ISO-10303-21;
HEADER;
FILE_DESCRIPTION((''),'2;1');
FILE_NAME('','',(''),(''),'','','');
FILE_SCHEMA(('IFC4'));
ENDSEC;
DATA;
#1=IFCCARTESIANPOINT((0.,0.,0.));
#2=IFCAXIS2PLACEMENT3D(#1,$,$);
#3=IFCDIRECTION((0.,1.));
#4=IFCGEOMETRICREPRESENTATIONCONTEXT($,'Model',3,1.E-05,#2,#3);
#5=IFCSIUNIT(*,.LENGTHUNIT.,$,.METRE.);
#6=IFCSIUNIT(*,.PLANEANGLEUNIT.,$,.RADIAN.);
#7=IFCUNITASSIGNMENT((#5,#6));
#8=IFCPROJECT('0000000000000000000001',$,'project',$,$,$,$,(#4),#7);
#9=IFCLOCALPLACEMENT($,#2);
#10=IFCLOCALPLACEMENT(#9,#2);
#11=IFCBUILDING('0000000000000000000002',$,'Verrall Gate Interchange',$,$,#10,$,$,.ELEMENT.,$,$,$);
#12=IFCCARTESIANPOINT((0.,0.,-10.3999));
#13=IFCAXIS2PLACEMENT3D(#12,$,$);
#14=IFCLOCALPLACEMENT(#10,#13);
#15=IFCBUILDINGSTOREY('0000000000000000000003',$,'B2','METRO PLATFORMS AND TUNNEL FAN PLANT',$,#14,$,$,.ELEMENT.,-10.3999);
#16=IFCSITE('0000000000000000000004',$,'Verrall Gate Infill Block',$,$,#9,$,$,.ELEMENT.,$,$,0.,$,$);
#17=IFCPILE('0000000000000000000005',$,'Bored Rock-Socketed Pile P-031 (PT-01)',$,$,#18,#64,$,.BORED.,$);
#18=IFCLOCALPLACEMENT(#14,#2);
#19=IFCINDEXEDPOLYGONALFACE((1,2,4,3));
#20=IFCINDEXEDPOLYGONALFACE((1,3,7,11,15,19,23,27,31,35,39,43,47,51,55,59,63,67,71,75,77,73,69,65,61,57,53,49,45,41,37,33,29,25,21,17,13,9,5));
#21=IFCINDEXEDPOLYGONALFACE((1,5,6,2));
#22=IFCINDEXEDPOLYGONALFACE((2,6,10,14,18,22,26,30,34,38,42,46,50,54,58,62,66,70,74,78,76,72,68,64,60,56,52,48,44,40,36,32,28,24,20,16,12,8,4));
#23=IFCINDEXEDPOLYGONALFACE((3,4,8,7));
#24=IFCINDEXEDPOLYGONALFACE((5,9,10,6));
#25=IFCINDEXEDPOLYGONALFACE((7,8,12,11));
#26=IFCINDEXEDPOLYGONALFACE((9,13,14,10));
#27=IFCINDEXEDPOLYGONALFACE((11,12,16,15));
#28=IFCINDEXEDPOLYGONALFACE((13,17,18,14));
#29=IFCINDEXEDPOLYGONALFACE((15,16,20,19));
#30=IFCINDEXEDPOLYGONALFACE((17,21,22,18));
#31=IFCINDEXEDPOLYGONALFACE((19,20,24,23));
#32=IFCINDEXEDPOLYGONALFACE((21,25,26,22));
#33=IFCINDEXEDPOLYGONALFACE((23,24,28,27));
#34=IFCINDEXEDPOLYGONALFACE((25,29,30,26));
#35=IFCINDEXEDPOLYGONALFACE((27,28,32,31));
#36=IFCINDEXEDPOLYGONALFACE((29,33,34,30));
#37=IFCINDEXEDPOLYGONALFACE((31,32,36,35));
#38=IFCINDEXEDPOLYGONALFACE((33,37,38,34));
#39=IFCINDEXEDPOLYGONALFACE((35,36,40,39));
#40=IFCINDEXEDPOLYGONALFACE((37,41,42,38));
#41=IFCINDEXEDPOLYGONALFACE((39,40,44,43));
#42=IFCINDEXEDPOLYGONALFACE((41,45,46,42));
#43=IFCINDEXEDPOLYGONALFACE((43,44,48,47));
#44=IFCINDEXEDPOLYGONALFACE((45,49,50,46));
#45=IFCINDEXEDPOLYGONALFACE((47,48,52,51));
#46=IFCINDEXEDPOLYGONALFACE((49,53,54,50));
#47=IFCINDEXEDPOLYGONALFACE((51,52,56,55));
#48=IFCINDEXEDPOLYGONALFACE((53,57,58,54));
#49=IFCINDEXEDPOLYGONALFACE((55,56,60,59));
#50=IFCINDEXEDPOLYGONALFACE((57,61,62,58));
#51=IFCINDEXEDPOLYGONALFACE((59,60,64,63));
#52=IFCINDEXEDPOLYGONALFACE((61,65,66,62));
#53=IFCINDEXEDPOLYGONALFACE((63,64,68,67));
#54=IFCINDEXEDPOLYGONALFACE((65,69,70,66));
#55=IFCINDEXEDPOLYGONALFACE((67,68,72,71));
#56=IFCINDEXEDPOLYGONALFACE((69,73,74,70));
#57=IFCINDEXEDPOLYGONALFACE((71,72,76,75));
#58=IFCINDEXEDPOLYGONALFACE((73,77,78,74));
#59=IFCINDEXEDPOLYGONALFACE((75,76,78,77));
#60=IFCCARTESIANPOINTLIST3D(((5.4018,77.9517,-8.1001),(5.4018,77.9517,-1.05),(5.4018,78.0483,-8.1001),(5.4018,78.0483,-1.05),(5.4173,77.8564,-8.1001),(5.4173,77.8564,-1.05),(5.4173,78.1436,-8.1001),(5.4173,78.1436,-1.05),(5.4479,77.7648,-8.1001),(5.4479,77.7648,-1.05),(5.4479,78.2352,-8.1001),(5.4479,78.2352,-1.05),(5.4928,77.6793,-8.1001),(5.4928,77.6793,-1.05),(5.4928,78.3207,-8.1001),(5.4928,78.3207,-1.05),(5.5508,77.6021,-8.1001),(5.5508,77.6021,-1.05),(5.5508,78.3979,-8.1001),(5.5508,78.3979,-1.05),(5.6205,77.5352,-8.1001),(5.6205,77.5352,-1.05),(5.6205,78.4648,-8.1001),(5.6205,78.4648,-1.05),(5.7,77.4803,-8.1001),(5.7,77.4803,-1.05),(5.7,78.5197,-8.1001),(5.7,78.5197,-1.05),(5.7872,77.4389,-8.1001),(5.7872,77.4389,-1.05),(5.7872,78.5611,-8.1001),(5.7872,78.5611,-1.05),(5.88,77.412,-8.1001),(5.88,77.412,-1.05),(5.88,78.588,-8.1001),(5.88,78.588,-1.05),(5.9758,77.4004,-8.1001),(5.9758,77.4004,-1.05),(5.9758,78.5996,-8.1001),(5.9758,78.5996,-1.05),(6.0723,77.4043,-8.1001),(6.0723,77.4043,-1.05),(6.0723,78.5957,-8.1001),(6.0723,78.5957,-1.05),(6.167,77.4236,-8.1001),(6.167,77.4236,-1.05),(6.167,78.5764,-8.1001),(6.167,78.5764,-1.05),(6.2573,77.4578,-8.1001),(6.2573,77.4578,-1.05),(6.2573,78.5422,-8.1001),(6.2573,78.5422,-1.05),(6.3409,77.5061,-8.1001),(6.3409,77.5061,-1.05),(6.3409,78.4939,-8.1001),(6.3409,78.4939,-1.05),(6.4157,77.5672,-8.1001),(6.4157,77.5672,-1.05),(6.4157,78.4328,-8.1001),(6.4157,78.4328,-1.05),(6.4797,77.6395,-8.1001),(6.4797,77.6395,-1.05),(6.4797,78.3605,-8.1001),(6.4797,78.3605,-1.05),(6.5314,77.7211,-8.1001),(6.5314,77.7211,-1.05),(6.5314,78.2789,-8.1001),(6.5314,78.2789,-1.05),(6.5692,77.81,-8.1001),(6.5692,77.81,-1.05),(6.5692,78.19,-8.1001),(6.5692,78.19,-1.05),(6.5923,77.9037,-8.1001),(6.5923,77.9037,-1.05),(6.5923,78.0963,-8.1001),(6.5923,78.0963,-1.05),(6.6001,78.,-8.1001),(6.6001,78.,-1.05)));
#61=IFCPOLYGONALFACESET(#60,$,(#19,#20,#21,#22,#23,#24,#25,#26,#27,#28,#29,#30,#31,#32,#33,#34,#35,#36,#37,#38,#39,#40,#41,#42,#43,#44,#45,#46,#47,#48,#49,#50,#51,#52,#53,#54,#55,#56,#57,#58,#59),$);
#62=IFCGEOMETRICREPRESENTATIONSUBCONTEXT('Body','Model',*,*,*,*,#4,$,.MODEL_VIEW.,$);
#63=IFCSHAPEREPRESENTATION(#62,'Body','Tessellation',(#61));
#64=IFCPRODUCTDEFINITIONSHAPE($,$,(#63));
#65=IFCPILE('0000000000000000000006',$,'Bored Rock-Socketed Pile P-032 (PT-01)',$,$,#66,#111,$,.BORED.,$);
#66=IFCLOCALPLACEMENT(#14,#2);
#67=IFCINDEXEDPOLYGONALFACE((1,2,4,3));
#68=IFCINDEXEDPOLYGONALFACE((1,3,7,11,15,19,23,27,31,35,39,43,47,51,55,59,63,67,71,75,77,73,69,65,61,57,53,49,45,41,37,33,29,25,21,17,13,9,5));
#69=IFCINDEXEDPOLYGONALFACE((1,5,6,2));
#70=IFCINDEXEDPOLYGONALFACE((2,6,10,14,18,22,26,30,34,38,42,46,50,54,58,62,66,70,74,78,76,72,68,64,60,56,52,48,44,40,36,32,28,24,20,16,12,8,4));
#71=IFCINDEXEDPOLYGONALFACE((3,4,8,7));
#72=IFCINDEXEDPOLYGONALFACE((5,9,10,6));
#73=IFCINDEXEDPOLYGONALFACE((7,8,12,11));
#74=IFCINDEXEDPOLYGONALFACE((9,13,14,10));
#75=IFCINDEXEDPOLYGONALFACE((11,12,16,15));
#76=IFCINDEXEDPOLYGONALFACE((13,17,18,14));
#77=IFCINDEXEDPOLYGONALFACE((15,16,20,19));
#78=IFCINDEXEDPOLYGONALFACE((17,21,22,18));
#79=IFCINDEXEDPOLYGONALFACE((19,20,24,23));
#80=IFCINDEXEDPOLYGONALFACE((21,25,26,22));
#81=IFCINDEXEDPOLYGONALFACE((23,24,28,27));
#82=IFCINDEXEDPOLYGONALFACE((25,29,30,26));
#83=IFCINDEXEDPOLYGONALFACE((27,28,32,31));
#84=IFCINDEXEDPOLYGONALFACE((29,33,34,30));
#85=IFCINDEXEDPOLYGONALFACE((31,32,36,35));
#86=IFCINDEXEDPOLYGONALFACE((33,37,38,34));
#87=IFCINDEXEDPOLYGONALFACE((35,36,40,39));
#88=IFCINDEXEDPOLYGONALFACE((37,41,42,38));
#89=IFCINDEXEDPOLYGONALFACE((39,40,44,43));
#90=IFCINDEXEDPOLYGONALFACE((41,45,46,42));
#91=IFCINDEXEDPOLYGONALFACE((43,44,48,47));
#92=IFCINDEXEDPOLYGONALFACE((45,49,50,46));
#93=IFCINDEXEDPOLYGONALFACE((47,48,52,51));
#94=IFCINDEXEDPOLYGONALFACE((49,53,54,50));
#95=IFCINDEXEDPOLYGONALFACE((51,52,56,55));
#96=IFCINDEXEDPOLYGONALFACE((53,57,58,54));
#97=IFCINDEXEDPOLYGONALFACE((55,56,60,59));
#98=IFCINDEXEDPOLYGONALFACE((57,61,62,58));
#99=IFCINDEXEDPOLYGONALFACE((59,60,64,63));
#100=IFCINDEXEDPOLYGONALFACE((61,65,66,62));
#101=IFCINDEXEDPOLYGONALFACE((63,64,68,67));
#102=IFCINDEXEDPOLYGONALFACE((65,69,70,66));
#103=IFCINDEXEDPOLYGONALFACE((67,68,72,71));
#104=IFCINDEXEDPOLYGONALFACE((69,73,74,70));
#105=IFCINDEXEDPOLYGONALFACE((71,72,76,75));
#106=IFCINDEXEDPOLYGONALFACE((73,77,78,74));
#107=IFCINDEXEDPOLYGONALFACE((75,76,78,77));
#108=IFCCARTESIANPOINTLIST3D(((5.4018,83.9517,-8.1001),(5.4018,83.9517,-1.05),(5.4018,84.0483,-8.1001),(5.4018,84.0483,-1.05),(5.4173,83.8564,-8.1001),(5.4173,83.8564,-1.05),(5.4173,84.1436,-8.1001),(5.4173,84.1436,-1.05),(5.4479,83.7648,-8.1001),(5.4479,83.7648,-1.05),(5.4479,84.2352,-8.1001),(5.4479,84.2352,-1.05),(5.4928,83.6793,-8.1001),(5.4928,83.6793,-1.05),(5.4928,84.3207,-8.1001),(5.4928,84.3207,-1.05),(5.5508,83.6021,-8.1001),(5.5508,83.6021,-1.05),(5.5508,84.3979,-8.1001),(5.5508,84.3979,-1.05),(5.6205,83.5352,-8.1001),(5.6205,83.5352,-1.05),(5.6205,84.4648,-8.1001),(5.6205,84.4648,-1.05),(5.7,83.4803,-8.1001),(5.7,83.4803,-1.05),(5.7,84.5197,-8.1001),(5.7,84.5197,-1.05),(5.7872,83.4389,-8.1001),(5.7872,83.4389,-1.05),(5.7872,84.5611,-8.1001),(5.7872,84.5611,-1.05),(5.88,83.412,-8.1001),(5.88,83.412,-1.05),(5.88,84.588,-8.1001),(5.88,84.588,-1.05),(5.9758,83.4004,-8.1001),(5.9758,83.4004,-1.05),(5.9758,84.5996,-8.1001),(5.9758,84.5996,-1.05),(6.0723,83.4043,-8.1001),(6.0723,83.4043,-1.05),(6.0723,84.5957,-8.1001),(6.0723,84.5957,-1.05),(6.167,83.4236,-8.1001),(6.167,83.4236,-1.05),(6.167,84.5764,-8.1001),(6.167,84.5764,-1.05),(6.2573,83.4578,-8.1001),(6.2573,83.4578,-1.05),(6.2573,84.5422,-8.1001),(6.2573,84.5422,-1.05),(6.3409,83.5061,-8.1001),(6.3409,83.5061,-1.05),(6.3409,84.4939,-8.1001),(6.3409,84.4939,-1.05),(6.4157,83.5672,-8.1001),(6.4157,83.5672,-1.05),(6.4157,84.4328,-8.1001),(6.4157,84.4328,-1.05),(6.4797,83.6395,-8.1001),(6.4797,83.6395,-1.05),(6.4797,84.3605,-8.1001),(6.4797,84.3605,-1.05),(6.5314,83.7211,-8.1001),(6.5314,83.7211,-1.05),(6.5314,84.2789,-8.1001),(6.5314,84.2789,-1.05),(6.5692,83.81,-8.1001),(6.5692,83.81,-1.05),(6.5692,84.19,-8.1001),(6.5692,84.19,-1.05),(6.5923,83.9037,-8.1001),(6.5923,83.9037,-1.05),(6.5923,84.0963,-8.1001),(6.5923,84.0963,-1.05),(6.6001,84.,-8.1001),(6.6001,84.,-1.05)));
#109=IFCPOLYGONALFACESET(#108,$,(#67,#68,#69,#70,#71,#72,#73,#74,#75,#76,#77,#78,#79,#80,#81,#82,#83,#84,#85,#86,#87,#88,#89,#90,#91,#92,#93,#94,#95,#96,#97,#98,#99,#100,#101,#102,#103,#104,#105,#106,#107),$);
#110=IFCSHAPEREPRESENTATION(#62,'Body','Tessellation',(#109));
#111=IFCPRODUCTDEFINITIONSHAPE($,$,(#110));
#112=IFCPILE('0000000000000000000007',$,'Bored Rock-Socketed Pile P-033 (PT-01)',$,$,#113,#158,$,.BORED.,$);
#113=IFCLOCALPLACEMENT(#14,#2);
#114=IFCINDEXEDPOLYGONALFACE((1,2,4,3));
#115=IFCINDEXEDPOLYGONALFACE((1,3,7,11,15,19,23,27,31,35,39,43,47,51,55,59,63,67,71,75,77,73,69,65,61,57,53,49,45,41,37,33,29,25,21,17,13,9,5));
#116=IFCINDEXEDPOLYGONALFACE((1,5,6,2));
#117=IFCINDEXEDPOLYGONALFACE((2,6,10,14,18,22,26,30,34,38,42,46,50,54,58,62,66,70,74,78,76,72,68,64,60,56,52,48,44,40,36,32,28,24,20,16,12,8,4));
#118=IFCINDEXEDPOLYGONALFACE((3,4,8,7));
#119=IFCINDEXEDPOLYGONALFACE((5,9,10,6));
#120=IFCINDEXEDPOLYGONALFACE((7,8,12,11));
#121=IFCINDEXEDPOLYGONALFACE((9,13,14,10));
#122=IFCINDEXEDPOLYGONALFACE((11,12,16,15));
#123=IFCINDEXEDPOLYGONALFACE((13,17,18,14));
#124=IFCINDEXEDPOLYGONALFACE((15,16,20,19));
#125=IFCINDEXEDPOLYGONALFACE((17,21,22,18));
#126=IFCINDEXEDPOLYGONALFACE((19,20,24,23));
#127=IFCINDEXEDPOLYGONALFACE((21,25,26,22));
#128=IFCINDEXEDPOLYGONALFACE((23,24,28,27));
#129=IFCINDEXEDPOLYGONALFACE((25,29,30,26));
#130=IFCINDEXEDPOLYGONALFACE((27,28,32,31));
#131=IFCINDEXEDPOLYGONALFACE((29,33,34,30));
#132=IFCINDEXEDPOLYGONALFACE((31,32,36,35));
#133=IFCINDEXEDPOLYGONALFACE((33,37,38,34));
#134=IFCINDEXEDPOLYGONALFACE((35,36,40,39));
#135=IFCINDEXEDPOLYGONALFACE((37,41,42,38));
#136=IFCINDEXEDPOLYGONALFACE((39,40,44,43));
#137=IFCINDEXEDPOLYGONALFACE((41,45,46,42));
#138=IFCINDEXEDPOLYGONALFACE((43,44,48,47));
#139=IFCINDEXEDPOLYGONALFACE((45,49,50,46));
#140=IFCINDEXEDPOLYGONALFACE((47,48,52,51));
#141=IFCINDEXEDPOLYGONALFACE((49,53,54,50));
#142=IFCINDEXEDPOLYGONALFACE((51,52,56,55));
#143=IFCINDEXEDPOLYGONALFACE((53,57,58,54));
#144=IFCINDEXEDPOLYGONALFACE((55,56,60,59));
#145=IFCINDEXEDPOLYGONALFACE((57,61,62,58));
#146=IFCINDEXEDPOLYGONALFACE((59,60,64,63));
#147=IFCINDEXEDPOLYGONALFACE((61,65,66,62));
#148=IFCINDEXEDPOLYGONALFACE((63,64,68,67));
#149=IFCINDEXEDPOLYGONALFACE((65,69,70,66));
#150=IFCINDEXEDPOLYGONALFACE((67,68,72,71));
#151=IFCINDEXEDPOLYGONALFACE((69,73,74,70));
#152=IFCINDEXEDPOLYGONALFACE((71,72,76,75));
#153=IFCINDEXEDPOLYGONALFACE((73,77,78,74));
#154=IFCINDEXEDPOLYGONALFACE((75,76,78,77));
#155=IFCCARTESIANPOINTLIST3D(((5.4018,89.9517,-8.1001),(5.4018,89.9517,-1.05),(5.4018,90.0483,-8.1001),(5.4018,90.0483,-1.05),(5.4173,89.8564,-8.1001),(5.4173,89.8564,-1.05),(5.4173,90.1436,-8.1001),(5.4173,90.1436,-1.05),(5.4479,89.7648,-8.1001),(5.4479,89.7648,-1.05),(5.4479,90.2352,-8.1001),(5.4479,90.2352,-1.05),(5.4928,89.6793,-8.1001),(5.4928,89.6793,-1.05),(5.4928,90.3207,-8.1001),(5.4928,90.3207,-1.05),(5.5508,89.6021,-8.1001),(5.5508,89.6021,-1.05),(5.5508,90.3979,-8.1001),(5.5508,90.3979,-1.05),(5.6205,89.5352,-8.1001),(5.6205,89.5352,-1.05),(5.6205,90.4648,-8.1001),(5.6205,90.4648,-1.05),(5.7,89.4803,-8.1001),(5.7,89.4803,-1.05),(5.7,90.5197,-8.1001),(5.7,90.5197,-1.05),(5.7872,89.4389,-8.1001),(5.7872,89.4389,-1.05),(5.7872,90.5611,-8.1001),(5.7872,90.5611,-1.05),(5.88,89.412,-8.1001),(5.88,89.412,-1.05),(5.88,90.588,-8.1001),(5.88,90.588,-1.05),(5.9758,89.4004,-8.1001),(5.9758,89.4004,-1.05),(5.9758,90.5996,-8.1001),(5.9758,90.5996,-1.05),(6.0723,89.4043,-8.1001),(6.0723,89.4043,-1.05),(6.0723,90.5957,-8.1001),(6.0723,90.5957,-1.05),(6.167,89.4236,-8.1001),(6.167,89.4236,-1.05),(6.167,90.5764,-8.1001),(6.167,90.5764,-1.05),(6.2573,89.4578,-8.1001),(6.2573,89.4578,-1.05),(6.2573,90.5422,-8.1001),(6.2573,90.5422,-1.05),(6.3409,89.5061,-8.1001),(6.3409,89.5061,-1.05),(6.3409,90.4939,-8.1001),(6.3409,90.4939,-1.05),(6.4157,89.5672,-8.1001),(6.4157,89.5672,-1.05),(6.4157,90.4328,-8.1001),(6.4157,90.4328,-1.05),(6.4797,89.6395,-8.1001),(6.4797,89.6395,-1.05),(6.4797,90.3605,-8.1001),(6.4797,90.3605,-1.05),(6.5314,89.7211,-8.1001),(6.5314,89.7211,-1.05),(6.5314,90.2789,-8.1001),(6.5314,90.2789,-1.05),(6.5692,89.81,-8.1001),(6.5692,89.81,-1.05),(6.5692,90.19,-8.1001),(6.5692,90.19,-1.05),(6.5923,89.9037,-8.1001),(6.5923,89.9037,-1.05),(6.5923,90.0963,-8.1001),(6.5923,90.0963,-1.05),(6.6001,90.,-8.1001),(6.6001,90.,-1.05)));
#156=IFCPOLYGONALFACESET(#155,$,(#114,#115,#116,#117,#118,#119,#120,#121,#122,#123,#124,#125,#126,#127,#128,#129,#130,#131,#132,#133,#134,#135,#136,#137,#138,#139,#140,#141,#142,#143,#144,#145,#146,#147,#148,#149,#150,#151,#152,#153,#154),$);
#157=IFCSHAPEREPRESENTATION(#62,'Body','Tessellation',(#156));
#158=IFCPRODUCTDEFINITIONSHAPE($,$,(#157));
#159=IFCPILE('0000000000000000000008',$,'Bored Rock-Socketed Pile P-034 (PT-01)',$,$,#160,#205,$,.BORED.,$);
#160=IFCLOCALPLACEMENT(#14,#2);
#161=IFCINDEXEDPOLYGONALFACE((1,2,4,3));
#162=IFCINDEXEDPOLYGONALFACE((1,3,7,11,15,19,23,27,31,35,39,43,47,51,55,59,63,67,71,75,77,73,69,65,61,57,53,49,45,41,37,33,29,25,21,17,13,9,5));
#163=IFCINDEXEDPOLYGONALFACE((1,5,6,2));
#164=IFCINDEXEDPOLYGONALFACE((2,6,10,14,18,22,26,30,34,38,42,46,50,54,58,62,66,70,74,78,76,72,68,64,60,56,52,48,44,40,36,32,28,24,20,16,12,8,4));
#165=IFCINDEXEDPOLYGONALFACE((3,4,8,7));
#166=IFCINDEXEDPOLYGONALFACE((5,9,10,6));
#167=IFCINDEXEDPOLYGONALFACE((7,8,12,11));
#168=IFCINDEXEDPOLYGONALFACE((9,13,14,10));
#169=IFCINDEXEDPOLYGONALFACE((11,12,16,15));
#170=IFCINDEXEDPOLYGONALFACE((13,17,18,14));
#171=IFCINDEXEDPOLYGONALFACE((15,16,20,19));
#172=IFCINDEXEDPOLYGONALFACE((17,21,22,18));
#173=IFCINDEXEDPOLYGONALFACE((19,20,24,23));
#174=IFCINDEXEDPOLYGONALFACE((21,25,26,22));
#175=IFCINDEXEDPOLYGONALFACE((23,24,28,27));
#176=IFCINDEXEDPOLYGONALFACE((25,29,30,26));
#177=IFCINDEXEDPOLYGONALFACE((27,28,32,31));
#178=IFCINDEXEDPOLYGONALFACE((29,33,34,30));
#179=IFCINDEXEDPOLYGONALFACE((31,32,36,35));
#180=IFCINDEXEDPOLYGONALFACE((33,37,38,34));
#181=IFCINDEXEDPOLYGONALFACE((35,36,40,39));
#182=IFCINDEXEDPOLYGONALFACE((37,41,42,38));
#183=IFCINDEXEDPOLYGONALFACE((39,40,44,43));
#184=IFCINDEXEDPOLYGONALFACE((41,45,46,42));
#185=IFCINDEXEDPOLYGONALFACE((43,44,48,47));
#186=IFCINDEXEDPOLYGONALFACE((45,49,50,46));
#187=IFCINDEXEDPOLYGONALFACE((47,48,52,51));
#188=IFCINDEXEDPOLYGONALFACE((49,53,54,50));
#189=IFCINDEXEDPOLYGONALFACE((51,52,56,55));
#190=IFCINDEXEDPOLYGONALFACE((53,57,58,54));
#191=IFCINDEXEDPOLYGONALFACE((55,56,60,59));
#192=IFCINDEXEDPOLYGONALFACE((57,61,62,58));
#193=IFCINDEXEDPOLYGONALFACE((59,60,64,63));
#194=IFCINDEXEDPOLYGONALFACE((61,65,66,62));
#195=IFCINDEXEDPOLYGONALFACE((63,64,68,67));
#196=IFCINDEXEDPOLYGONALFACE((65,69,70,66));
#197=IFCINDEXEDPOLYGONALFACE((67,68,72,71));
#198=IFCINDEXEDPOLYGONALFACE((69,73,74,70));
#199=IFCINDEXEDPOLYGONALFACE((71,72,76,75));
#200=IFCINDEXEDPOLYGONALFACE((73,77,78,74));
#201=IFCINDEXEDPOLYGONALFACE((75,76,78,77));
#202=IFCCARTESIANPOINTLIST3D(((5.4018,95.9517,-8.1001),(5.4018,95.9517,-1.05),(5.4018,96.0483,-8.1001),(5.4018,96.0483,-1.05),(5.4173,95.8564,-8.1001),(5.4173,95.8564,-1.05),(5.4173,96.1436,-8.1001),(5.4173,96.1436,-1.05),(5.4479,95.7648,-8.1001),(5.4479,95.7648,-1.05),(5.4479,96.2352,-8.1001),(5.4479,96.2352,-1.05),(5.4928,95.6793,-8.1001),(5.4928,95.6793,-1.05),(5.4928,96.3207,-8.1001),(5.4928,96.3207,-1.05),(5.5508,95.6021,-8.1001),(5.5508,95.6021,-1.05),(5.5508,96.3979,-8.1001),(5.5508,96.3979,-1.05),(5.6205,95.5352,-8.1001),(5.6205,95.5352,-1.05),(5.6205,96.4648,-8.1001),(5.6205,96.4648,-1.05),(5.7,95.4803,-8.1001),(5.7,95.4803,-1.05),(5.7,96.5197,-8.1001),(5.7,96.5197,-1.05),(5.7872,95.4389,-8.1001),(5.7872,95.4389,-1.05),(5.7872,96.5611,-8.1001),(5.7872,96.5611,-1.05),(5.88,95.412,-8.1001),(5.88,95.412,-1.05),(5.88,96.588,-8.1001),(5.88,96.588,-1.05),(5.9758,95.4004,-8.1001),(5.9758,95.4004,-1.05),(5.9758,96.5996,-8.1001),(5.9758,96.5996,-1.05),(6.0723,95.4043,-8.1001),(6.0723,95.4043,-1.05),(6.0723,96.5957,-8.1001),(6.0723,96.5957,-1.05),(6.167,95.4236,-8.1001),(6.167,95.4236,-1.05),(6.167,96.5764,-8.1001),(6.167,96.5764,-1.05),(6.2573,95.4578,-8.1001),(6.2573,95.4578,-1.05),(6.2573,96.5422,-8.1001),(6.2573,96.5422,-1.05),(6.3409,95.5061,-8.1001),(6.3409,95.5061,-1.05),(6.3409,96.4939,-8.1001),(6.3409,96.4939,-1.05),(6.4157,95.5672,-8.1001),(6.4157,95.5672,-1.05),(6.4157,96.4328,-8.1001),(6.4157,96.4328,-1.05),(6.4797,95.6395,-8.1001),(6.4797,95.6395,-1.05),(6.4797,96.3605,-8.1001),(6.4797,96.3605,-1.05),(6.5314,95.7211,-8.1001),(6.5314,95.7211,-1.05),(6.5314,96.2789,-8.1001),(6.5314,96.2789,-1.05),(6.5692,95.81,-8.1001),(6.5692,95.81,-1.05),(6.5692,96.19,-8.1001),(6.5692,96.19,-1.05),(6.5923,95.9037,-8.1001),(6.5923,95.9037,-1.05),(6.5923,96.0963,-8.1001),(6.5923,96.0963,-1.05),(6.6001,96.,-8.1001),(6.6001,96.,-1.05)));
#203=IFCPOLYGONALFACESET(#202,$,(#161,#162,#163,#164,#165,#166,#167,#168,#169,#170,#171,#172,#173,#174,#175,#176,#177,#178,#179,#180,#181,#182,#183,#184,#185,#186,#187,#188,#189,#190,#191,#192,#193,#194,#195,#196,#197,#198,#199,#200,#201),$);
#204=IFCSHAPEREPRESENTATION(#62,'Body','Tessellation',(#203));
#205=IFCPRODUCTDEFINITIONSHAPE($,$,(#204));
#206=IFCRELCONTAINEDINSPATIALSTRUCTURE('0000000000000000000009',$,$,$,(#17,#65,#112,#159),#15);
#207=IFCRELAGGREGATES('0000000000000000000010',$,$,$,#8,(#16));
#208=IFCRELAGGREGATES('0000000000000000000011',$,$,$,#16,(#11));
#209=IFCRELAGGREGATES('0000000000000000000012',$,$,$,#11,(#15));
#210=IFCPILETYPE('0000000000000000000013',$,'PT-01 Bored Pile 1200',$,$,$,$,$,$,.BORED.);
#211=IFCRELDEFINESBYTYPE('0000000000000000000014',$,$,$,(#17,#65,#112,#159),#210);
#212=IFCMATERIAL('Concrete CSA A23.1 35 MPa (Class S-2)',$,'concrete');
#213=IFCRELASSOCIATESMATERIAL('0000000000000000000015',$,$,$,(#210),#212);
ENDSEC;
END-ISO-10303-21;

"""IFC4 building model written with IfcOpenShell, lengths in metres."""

from ifc_helpers import new_model, si_unit, direction, frame, origin, origin_2d, place, context, subcontext, project, spatial, circle, extrude, material, material_profile, profile_set, type_object, element, save


model = new_model("IFC4")

# Units and contexts
model_context = context("Model", 3, precision=1e-05, world=origin(), true_north=direction((0.0, 1.0)))
body_context = subcontext(model_context, "Body", "Model", "MODEL_VIEW")
ifc_project = project(units=[si_unit("LENGTHUNIT", "METRE"), si_unit("PLANEANGLEUNIT", "RADIAN")], contexts=[model_context])

# Site, building, storey
site_placement = place(None, origin())
site = spatial("IfcSite", under=ifc_project, at=site_placement, Name="Verrall Gate Infill Block", CompositionType="ELEMENT", RefElevation=0.0)
building_placement = place(site_placement, origin())
building = spatial("IfcBuilding", under=site, at=building_placement, Name="Verrall Gate Interchange", CompositionType="ELEMENT")
storey_placement = place(building_placement, frame((0.0, 0.0, -10.3999)))
storey = spatial("IfcBuildingStorey", under=building, at=storey_placement, Name="B2", Description="METRO PLATFORMS AND TUNNEL FAN PLANT", CompositionType="ELEMENT", Elevation=-10.3999)

# Piles
ifc_material_1 = material(Name="Concrete CSA A23.1 35 MPa (Class S-2)", Category="concrete")
ifc_material_profile_1 = material_profile(ifc_material_1, circle(Radius=0.6001, at=origin_2d()), Name="PILE1200D")
ifc_profile_set_1 = profile_set([ifc_material_profile_1], Name="Concrete CSA A23.1 35 MPa (Class S-2)")
pile_type = type_object("IfcPileType", Name="PT-01 Bored Pile 1200", PredefinedType="BORED", material=ifc_profile_set_1)
for number, where, z_axis, x_axis, name in (
    (1, (6.0, 78.0, -1.05), (0.0, 0.0, -1.0), (1.0, 0.0, 0.0), "Bored Rock-Socketed Pile P-031 (PT-01)"),
    (2, (6.0, 84.0, -1.05), (0.0, 0.0, -1.0), (1.0, 0.0, 0.0), "Bored Rock-Socketed Pile P-032 (PT-01)"),
    (3, (6.0, 90.0, -1.05), (0.0, 0.0, -1.0), (1.0, 0.0, 0.0), "Bored Rock-Socketed Pile P-033 (PT-01)"),
    (4, (6.0, 96.0, -1.05), (0.0, 0.0, -1.0), (1.0, 0.0, 0.0), "Bored Rock-Socketed Pile P-034 (PT-01)"),
):
    element("IfcPile", number, at=place(storey_placement, frame(where, z_axis=z_axis, x_axis=x_axis)), inside=storey, type_object=pile_type, Name=name, PredefinedType="BORED", context=body_context, shape_type="SweptSolid", body=[
        extrude(circle(Radius=0.6001, at=origin_2d()), origin(), (0.0, 0.0, 1.0), 7.05),
    ])

save(model, "model.ifc")
